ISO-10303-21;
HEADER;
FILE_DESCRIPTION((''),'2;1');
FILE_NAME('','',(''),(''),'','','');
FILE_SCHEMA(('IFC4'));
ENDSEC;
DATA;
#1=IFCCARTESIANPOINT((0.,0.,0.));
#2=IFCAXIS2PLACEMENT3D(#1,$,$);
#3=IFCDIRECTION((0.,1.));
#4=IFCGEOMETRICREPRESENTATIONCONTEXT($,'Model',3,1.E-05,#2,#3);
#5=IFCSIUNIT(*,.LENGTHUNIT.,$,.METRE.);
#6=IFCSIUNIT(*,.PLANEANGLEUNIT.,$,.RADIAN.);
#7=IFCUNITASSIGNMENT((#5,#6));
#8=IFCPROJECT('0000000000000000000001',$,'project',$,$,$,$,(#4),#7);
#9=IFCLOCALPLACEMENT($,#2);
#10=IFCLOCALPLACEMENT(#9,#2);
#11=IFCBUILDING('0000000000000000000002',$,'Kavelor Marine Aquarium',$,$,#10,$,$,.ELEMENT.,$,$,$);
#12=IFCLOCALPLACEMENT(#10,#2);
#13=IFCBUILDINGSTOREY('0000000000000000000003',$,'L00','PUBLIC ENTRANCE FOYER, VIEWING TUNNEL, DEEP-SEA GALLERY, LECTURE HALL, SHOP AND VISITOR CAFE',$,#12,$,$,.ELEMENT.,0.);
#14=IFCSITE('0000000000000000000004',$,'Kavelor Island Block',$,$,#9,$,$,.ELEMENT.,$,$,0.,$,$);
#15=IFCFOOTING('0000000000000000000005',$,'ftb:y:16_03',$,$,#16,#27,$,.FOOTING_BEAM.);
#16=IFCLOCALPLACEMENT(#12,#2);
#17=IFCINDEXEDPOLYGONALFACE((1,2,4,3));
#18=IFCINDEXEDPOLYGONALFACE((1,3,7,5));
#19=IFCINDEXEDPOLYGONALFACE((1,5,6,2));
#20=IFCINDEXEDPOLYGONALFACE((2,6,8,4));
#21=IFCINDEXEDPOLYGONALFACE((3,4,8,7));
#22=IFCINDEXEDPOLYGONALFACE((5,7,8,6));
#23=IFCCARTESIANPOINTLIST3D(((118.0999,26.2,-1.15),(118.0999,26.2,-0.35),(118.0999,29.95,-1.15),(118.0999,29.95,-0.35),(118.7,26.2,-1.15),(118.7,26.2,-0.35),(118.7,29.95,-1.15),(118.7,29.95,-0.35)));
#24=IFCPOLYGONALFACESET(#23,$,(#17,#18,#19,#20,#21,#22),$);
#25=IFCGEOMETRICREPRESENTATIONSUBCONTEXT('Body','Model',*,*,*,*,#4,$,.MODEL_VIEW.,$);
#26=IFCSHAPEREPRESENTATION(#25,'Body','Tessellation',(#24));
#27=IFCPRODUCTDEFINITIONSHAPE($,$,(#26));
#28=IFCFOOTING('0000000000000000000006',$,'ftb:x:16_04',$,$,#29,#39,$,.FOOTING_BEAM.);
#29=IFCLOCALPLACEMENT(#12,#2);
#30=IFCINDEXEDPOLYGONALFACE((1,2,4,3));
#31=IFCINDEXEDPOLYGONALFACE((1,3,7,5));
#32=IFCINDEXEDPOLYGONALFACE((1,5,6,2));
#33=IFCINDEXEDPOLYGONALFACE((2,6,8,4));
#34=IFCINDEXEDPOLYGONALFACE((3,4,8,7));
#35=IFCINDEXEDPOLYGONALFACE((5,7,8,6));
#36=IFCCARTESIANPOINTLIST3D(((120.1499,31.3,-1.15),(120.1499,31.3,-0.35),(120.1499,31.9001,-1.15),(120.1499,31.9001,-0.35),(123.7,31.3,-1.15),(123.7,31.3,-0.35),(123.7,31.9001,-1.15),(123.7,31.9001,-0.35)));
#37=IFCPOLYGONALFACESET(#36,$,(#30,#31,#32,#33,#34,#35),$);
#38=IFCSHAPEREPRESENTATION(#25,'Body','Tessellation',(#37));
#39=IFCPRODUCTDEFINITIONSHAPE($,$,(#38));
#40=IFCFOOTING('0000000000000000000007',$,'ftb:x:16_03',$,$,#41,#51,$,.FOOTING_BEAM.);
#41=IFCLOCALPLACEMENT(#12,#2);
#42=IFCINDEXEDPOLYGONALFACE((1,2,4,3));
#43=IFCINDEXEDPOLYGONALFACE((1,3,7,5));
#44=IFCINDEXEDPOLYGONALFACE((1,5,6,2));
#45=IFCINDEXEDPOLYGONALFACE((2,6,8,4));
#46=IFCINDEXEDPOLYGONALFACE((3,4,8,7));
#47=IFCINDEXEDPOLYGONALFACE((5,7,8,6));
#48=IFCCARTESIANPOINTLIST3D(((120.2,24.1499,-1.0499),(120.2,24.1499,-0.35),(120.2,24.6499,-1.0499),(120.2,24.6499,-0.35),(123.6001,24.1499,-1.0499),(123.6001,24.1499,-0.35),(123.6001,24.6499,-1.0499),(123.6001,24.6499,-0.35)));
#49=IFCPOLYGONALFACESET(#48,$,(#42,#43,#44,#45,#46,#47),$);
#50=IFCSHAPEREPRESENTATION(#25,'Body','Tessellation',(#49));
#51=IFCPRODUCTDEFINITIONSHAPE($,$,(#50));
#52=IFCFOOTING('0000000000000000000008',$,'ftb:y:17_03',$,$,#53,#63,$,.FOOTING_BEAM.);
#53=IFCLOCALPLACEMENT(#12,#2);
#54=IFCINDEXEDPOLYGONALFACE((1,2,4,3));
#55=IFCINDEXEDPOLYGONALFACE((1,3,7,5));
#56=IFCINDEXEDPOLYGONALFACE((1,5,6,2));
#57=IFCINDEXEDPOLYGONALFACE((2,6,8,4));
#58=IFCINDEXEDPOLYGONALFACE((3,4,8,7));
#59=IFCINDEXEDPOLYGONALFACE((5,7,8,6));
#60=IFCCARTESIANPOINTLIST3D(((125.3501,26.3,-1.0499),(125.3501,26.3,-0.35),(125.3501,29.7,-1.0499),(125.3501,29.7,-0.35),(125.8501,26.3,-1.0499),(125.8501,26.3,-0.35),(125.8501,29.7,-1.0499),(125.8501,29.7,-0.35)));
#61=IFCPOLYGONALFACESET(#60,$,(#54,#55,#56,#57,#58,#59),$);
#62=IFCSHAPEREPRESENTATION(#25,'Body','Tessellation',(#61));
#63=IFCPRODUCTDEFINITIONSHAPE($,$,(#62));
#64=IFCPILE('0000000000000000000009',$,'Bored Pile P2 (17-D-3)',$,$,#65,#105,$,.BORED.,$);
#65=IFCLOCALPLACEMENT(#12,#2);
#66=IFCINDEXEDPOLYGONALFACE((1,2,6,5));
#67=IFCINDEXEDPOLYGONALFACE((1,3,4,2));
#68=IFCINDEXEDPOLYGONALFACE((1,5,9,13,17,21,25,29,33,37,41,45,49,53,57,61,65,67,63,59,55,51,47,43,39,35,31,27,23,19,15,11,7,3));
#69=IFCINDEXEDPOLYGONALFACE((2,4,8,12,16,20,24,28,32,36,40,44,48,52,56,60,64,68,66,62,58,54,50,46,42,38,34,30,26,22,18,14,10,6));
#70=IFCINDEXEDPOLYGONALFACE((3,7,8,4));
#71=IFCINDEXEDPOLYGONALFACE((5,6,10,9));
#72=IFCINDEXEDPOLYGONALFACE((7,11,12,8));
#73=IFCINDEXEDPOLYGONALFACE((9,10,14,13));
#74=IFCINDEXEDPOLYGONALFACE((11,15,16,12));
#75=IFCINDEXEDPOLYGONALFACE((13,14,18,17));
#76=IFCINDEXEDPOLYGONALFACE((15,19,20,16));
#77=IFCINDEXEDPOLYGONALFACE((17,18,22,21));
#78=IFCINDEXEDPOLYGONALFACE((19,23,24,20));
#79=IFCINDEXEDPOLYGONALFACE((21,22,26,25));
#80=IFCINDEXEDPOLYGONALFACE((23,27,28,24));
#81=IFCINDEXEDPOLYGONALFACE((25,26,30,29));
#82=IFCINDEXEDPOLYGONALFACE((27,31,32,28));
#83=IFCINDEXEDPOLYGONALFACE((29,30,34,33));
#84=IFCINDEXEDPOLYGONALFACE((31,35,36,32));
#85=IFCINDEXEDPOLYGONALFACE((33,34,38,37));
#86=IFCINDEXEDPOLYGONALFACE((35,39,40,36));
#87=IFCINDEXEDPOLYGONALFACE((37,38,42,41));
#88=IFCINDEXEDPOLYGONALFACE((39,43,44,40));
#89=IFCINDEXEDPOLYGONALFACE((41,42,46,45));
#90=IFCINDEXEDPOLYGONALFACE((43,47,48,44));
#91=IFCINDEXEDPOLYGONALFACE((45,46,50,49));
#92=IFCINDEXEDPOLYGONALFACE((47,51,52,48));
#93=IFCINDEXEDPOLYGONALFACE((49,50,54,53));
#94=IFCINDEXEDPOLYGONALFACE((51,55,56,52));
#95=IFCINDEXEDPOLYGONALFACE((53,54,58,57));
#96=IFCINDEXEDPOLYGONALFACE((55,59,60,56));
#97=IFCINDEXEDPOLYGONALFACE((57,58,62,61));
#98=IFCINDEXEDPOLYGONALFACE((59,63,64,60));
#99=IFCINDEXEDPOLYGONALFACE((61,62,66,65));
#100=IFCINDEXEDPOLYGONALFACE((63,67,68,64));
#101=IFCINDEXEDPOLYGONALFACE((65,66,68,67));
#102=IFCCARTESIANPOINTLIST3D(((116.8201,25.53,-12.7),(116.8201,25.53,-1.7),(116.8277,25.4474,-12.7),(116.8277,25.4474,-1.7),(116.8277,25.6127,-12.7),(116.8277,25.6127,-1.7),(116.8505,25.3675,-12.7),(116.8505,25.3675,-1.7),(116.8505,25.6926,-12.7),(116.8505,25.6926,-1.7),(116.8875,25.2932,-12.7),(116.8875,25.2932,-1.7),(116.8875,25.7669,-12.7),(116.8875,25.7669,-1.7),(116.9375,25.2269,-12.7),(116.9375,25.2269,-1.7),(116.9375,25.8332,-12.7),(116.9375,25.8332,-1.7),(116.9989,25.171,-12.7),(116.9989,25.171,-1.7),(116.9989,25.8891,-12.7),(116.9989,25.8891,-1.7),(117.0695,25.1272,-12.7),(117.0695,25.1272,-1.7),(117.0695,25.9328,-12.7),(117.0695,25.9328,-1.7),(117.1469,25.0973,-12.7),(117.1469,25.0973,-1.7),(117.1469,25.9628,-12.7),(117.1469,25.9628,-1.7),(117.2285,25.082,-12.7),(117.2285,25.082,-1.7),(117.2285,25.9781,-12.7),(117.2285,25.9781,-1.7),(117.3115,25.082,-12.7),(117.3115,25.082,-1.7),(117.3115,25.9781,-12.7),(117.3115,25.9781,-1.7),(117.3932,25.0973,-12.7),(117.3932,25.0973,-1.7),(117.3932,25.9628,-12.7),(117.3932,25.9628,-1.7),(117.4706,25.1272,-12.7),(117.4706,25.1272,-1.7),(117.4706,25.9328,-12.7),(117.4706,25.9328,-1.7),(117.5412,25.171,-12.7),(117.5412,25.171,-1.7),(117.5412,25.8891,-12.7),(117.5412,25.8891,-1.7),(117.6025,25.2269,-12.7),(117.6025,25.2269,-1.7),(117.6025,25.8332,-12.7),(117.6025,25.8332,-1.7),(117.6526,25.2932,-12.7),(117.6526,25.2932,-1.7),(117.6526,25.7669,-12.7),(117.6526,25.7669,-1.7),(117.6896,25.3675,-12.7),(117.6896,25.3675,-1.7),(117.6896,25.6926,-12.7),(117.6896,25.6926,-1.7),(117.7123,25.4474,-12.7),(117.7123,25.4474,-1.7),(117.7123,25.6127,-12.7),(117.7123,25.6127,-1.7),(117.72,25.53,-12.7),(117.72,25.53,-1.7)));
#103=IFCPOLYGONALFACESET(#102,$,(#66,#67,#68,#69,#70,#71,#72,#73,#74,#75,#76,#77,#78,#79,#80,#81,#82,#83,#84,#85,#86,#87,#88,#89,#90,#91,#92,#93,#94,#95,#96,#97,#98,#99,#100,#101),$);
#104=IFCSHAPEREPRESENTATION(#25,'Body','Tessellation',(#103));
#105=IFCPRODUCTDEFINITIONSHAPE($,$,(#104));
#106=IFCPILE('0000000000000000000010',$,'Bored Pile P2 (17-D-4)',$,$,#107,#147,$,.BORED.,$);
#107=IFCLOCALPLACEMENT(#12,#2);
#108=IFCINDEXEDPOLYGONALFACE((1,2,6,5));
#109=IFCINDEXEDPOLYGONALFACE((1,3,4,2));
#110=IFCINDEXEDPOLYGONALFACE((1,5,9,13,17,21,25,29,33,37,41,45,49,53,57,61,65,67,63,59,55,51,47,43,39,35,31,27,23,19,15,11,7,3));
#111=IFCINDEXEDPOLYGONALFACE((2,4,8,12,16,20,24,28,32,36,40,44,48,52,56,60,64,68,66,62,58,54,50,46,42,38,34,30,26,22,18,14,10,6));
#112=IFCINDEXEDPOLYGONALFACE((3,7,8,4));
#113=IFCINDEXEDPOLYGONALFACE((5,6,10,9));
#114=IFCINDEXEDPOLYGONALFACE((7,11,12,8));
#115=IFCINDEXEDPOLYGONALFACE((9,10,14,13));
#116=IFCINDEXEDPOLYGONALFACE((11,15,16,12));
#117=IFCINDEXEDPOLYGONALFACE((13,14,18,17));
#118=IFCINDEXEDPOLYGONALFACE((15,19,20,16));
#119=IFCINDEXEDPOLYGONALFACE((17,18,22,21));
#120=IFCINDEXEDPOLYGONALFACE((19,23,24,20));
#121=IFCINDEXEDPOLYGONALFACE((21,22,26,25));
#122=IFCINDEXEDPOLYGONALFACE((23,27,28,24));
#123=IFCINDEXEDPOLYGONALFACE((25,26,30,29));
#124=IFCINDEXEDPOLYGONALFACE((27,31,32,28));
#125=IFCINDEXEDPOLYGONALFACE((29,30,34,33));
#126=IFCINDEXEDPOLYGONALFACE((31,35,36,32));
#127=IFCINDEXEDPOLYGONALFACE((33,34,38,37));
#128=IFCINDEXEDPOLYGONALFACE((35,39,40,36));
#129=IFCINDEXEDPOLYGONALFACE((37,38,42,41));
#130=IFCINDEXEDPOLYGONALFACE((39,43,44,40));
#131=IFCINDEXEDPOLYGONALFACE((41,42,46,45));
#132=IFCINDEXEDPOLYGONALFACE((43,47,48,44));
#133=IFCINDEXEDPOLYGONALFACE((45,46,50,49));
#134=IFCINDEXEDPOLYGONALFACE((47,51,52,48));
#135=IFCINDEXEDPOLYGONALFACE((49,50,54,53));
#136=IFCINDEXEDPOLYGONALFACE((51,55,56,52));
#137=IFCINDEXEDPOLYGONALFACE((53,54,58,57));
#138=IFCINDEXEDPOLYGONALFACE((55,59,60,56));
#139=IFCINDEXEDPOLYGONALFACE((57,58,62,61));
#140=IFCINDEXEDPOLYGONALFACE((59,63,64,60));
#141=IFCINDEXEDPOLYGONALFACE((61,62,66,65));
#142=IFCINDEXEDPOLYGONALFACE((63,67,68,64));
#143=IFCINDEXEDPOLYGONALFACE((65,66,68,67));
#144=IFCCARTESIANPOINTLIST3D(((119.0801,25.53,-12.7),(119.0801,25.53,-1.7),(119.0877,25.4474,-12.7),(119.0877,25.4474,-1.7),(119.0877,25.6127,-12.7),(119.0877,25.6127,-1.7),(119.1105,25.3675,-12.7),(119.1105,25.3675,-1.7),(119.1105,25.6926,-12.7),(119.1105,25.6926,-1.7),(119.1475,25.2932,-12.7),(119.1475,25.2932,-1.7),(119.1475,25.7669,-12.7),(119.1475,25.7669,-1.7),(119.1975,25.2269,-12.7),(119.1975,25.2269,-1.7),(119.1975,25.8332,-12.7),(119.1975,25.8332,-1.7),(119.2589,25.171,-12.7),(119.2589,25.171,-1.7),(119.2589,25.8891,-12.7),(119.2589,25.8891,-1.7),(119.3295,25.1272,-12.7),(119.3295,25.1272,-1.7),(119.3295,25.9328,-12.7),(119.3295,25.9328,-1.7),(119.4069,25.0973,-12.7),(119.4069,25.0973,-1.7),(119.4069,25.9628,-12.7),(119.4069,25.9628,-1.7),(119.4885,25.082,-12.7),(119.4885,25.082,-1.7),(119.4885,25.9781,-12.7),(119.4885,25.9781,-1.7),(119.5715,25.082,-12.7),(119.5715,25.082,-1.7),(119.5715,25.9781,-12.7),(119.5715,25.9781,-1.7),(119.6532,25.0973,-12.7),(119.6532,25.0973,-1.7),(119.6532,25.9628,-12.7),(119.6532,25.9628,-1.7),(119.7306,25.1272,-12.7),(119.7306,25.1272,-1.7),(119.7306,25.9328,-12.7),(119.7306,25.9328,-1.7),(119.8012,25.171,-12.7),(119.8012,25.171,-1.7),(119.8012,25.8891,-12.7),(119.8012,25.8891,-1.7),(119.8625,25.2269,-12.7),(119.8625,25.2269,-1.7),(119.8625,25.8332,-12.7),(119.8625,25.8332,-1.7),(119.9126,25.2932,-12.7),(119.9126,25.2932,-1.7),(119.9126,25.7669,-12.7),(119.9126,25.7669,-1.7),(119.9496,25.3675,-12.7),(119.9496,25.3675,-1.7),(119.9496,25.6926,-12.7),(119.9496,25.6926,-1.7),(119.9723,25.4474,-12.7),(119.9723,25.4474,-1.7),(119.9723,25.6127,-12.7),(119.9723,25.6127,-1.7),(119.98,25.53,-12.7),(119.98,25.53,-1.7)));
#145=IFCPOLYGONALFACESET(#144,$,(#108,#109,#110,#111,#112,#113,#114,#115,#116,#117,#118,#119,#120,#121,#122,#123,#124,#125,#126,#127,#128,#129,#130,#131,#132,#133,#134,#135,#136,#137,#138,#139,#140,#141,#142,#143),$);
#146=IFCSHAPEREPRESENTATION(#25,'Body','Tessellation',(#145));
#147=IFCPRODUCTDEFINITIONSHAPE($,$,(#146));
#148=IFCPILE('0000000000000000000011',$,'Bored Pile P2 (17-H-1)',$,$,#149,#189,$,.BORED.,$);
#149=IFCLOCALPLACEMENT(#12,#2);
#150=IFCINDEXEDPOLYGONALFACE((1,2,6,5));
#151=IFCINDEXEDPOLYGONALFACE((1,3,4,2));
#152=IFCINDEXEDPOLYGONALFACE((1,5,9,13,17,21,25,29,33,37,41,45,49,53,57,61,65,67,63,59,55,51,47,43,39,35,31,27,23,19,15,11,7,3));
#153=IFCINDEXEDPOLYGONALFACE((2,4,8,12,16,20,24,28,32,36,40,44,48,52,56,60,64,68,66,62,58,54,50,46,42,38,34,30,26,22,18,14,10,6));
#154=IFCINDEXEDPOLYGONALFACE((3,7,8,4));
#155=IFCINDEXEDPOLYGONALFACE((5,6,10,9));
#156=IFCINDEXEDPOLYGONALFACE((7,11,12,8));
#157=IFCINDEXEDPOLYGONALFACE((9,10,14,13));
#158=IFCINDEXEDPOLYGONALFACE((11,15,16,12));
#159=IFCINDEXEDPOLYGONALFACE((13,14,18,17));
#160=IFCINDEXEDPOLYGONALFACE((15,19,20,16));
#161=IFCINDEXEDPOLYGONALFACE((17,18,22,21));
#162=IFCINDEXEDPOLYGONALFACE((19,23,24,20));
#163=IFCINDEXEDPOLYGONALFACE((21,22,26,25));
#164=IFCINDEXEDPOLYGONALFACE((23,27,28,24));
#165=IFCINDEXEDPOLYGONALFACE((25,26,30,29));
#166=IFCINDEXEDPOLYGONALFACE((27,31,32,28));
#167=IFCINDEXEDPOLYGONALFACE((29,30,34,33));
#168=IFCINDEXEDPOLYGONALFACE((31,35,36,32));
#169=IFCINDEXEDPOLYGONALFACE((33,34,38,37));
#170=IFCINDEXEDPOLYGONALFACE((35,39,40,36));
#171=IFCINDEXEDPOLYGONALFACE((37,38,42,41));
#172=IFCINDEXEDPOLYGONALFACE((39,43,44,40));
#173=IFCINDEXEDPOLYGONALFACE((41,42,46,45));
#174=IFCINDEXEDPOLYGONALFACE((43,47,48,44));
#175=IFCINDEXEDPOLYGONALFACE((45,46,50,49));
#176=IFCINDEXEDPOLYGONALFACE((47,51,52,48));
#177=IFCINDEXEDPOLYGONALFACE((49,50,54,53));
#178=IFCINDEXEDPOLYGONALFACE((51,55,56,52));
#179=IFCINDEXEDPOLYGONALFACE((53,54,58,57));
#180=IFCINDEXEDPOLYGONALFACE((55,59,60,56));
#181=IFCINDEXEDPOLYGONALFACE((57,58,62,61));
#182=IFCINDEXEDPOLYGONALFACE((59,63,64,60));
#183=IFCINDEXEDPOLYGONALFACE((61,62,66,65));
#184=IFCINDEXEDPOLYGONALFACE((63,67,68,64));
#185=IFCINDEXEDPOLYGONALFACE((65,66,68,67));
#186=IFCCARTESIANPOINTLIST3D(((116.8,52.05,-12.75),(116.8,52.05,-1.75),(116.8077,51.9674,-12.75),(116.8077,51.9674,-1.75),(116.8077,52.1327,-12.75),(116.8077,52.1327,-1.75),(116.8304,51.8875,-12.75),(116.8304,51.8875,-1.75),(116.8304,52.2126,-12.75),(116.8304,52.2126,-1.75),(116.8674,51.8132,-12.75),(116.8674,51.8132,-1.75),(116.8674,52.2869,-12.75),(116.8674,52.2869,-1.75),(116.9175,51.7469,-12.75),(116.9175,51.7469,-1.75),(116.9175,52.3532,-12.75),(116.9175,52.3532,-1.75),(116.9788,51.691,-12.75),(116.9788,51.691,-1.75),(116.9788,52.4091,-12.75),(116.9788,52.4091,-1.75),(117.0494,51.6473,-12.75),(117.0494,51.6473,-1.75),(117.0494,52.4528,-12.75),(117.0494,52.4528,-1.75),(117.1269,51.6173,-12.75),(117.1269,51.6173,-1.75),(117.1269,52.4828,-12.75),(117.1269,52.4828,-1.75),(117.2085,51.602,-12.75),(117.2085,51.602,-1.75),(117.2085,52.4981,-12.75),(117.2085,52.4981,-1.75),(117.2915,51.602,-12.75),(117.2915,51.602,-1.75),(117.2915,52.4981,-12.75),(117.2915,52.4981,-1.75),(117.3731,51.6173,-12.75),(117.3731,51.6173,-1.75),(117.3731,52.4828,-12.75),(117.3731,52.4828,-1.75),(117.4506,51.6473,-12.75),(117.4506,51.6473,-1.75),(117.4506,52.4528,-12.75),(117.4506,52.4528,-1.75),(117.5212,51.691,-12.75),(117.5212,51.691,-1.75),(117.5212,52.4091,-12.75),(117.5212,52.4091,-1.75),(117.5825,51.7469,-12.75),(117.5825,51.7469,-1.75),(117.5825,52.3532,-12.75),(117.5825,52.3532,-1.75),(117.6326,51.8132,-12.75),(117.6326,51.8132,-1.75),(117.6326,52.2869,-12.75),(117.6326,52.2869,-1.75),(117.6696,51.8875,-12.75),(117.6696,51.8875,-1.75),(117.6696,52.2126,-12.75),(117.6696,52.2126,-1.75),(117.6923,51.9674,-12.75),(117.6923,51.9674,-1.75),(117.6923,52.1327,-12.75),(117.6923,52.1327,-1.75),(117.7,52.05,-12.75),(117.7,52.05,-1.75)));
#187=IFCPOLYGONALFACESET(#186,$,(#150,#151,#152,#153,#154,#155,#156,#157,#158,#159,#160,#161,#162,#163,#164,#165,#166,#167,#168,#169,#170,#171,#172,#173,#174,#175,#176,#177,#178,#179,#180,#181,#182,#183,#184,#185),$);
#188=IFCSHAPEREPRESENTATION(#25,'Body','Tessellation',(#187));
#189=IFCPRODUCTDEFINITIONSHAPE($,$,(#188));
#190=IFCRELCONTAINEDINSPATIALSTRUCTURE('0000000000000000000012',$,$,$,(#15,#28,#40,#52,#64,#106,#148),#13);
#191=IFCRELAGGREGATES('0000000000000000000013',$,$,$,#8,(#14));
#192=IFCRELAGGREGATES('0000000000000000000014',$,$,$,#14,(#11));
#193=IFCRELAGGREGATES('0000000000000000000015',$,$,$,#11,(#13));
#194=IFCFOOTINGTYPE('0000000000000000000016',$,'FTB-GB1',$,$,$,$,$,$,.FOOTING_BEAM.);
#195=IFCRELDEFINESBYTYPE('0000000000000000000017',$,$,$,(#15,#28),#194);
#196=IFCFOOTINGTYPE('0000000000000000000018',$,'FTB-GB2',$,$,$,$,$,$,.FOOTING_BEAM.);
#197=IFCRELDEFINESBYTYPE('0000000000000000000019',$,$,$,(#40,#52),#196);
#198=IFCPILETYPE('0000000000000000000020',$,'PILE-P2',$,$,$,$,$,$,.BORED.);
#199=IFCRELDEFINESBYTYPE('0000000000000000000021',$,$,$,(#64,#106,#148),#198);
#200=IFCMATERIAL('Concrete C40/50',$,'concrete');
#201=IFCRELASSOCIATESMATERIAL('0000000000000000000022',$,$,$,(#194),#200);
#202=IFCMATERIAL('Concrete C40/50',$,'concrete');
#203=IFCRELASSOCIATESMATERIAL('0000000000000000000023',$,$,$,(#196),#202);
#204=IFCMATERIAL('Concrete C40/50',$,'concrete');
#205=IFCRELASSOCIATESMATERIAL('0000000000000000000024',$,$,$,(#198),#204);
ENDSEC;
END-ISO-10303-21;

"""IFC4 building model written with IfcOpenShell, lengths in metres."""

from ifc_helpers import new_model, si_unit, direction, frame, origin, origin_2d, place, context, subcontext, project, spatial, rectangle, circle, extrude, material, material_profile, profile_set, type_object, element, save


model = new_model("IFC4")

# Units and contexts
model_context = context("Model", 3, precision=1e-05, world=origin(), true_north=direction((0.0, 1.0)))
body_context = subcontext(model_context, "Body", "Model", "MODEL_VIEW")
ifc_project = project(units=[si_unit("LENGTHUNIT", "METRE"), si_unit("PLANEANGLEUNIT", "RADIAN")], contexts=[model_context])

# Site, building, storey
site_placement = place(None, origin())
site = spatial("IfcSite", under=ifc_project, at=site_placement, Name="Kavelor Island Block", CompositionType="ELEMENT", RefElevation=0.0)
building_placement = place(site_placement, origin())
building = spatial("IfcBuilding", under=site, at=building_placement, Name="Kavelor Marine Aquarium", CompositionType="ELEMENT")
storey_placement = place(building_placement, origin())
storey = spatial("IfcBuildingStorey", under=building, at=storey_placement, Name="L00", Description="PUBLIC ENTRANCE FOYER, VIEWING TUNNEL, DEEP-SEA GALLERY, LECTURE HALL, SHOP AND VISITOR CAFE", CompositionType="ELEMENT", Elevation=0.0)

# Footings
ifc_material_1 = material(Name="Concrete C40/50", Category="concrete")
ifc_material_profile_1 = material_profile(ifc_material_1, rectangle(XDim=0.6001, YDim=0.8, at=origin_2d()), Name="GB 600x800")
ifc_profile_set_1 = profile_set([ifc_material_profile_1], Name="Concrete C40/50")
footing_type_1 = type_object("IfcFootingType", Name="FTB-GB1", PredefinedType="FOOTING_BEAM", material=ifc_profile_set_1)
footing_1_placement = place(storey_placement, frame((118.3999, 26.2, -0.75), z_axis=(0.0, 1.0, 0.0), x_axis=(-1.0, 0.0, 0.0)))
element("IfcFooting", 1, at=footing_1_placement, inside=storey, type_object=footing_type_1, Name="ftb:y:16_03", PredefinedType="FOOTING_BEAM", context=body_context, shape_type="SweptSolid", body=[
    extrude(rectangle(XDim=0.6001, YDim=0.8, at=origin_2d()), origin(), (0.0, 0.0, 1.0), 3.75),
])
footing_2_placement = place(storey_placement, frame((120.1499, 31.6001, -0.75), z_axis=(1.0, 0.0, 0.0), x_axis=(0.0, 1.0, 0.0)))
element("IfcFooting", 2, at=footing_2_placement, inside=storey, type_object=footing_type_1, Name="ftb:x:16_04", PredefinedType="FOOTING_BEAM", context=body_context, shape_type="SweptSolid", body=[
    extrude(rectangle(XDim=0.6001, YDim=0.8, at=origin_2d()), origin(), (0.0, 0.0, 1.0), 3.55),
])
ifc_material_2 = material(Name="Concrete C40/50", Category="concrete")
ifc_material_profile_2 = material_profile(ifc_material_2, rectangle(XDim=0.5, YDim=0.7, at=origin_2d()), Name="GB 500x700")
ifc_profile_set_2 = profile_set([ifc_material_profile_2], Name="Concrete C40/50")
footing_type_2 = type_object("IfcFootingType", Name="FTB-GB2", PredefinedType="FOOTING_BEAM", material=ifc_profile_set_2)
footing_3_placement = place(storey_placement, frame((120.2, 24.3999, -0.7), z_axis=(1.0, 0.0, 0.0), x_axis=(0.0, 1.0, 0.0)))
element("IfcFooting", 3, at=footing_3_placement, inside=storey, type_object=footing_type_2, Name="ftb:x:16_03", PredefinedType="FOOTING_BEAM", context=body_context, shape_type="SweptSolid", body=[
    extrude(rectangle(XDim=0.5, YDim=0.7, at=origin_2d()), origin(), (0.0, 0.0, 1.0), 3.4001),
])
footing_4_placement = place(storey_placement, frame((125.6001, 26.3, -0.7), z_axis=(0.0, 1.0, 0.0), x_axis=(-1.0, 0.0, 0.0)))
element("IfcFooting", 4, at=footing_4_placement, inside=storey, type_object=footing_type_2, Name="ftb:y:17_03", PredefinedType="FOOTING_BEAM", context=body_context, shape_type="SweptSolid", body=[
    extrude(rectangle(XDim=0.5, YDim=0.7, at=origin_2d()), origin(), (0.0, 0.0, 1.0), 3.3999),
])

# Piles
ifc_material_3 = material(Name="Concrete C40/50", Category="concrete")
ifc_material_profile_3 = material_profile(ifc_material_3, circle(Radius=0.45, at=origin_2d()), Name="PILE D900")
ifc_profile_set_3 = profile_set([ifc_material_profile_3], Name="Concrete C40/50")
pile_type_1 = type_object("IfcPileType", Name="PILE-P2", PredefinedType="BORED", material=ifc_profile_set_3)
for number, where, z_axis, x_axis, name in (
    (5, (117.27, 25.53, -1.7), (0.0, 0.0, -1.0), (1.0, 0.0, 0.0), "Bored Pile P2 (17-D-3)"),
    (6, (119.53, 25.53, -1.7), (0.0, 0.0, -1.0), (1.0, 0.0, 0.0), "Bored Pile P2 (17-D-4)"),
    (7, (117.25, 52.05, -1.75), (0.0, 0.0, -1.0), (1.0, 0.0, 0.0), "Bored Pile P2 (17-H-1)"),
):
    element("IfcPile", number, at=place(storey_placement, frame(where, z_axis=z_axis, x_axis=x_axis)), inside=storey, type_object=pile_type_1, Name=name, PredefinedType="BORED", context=body_context, shape_type="SweptSolid", body=[
        extrude(circle(Radius=0.45, at=origin_2d()), origin(), (0.0, 0.0, 1.0), 11.0),
    ])

save(model, "model.ifc")
